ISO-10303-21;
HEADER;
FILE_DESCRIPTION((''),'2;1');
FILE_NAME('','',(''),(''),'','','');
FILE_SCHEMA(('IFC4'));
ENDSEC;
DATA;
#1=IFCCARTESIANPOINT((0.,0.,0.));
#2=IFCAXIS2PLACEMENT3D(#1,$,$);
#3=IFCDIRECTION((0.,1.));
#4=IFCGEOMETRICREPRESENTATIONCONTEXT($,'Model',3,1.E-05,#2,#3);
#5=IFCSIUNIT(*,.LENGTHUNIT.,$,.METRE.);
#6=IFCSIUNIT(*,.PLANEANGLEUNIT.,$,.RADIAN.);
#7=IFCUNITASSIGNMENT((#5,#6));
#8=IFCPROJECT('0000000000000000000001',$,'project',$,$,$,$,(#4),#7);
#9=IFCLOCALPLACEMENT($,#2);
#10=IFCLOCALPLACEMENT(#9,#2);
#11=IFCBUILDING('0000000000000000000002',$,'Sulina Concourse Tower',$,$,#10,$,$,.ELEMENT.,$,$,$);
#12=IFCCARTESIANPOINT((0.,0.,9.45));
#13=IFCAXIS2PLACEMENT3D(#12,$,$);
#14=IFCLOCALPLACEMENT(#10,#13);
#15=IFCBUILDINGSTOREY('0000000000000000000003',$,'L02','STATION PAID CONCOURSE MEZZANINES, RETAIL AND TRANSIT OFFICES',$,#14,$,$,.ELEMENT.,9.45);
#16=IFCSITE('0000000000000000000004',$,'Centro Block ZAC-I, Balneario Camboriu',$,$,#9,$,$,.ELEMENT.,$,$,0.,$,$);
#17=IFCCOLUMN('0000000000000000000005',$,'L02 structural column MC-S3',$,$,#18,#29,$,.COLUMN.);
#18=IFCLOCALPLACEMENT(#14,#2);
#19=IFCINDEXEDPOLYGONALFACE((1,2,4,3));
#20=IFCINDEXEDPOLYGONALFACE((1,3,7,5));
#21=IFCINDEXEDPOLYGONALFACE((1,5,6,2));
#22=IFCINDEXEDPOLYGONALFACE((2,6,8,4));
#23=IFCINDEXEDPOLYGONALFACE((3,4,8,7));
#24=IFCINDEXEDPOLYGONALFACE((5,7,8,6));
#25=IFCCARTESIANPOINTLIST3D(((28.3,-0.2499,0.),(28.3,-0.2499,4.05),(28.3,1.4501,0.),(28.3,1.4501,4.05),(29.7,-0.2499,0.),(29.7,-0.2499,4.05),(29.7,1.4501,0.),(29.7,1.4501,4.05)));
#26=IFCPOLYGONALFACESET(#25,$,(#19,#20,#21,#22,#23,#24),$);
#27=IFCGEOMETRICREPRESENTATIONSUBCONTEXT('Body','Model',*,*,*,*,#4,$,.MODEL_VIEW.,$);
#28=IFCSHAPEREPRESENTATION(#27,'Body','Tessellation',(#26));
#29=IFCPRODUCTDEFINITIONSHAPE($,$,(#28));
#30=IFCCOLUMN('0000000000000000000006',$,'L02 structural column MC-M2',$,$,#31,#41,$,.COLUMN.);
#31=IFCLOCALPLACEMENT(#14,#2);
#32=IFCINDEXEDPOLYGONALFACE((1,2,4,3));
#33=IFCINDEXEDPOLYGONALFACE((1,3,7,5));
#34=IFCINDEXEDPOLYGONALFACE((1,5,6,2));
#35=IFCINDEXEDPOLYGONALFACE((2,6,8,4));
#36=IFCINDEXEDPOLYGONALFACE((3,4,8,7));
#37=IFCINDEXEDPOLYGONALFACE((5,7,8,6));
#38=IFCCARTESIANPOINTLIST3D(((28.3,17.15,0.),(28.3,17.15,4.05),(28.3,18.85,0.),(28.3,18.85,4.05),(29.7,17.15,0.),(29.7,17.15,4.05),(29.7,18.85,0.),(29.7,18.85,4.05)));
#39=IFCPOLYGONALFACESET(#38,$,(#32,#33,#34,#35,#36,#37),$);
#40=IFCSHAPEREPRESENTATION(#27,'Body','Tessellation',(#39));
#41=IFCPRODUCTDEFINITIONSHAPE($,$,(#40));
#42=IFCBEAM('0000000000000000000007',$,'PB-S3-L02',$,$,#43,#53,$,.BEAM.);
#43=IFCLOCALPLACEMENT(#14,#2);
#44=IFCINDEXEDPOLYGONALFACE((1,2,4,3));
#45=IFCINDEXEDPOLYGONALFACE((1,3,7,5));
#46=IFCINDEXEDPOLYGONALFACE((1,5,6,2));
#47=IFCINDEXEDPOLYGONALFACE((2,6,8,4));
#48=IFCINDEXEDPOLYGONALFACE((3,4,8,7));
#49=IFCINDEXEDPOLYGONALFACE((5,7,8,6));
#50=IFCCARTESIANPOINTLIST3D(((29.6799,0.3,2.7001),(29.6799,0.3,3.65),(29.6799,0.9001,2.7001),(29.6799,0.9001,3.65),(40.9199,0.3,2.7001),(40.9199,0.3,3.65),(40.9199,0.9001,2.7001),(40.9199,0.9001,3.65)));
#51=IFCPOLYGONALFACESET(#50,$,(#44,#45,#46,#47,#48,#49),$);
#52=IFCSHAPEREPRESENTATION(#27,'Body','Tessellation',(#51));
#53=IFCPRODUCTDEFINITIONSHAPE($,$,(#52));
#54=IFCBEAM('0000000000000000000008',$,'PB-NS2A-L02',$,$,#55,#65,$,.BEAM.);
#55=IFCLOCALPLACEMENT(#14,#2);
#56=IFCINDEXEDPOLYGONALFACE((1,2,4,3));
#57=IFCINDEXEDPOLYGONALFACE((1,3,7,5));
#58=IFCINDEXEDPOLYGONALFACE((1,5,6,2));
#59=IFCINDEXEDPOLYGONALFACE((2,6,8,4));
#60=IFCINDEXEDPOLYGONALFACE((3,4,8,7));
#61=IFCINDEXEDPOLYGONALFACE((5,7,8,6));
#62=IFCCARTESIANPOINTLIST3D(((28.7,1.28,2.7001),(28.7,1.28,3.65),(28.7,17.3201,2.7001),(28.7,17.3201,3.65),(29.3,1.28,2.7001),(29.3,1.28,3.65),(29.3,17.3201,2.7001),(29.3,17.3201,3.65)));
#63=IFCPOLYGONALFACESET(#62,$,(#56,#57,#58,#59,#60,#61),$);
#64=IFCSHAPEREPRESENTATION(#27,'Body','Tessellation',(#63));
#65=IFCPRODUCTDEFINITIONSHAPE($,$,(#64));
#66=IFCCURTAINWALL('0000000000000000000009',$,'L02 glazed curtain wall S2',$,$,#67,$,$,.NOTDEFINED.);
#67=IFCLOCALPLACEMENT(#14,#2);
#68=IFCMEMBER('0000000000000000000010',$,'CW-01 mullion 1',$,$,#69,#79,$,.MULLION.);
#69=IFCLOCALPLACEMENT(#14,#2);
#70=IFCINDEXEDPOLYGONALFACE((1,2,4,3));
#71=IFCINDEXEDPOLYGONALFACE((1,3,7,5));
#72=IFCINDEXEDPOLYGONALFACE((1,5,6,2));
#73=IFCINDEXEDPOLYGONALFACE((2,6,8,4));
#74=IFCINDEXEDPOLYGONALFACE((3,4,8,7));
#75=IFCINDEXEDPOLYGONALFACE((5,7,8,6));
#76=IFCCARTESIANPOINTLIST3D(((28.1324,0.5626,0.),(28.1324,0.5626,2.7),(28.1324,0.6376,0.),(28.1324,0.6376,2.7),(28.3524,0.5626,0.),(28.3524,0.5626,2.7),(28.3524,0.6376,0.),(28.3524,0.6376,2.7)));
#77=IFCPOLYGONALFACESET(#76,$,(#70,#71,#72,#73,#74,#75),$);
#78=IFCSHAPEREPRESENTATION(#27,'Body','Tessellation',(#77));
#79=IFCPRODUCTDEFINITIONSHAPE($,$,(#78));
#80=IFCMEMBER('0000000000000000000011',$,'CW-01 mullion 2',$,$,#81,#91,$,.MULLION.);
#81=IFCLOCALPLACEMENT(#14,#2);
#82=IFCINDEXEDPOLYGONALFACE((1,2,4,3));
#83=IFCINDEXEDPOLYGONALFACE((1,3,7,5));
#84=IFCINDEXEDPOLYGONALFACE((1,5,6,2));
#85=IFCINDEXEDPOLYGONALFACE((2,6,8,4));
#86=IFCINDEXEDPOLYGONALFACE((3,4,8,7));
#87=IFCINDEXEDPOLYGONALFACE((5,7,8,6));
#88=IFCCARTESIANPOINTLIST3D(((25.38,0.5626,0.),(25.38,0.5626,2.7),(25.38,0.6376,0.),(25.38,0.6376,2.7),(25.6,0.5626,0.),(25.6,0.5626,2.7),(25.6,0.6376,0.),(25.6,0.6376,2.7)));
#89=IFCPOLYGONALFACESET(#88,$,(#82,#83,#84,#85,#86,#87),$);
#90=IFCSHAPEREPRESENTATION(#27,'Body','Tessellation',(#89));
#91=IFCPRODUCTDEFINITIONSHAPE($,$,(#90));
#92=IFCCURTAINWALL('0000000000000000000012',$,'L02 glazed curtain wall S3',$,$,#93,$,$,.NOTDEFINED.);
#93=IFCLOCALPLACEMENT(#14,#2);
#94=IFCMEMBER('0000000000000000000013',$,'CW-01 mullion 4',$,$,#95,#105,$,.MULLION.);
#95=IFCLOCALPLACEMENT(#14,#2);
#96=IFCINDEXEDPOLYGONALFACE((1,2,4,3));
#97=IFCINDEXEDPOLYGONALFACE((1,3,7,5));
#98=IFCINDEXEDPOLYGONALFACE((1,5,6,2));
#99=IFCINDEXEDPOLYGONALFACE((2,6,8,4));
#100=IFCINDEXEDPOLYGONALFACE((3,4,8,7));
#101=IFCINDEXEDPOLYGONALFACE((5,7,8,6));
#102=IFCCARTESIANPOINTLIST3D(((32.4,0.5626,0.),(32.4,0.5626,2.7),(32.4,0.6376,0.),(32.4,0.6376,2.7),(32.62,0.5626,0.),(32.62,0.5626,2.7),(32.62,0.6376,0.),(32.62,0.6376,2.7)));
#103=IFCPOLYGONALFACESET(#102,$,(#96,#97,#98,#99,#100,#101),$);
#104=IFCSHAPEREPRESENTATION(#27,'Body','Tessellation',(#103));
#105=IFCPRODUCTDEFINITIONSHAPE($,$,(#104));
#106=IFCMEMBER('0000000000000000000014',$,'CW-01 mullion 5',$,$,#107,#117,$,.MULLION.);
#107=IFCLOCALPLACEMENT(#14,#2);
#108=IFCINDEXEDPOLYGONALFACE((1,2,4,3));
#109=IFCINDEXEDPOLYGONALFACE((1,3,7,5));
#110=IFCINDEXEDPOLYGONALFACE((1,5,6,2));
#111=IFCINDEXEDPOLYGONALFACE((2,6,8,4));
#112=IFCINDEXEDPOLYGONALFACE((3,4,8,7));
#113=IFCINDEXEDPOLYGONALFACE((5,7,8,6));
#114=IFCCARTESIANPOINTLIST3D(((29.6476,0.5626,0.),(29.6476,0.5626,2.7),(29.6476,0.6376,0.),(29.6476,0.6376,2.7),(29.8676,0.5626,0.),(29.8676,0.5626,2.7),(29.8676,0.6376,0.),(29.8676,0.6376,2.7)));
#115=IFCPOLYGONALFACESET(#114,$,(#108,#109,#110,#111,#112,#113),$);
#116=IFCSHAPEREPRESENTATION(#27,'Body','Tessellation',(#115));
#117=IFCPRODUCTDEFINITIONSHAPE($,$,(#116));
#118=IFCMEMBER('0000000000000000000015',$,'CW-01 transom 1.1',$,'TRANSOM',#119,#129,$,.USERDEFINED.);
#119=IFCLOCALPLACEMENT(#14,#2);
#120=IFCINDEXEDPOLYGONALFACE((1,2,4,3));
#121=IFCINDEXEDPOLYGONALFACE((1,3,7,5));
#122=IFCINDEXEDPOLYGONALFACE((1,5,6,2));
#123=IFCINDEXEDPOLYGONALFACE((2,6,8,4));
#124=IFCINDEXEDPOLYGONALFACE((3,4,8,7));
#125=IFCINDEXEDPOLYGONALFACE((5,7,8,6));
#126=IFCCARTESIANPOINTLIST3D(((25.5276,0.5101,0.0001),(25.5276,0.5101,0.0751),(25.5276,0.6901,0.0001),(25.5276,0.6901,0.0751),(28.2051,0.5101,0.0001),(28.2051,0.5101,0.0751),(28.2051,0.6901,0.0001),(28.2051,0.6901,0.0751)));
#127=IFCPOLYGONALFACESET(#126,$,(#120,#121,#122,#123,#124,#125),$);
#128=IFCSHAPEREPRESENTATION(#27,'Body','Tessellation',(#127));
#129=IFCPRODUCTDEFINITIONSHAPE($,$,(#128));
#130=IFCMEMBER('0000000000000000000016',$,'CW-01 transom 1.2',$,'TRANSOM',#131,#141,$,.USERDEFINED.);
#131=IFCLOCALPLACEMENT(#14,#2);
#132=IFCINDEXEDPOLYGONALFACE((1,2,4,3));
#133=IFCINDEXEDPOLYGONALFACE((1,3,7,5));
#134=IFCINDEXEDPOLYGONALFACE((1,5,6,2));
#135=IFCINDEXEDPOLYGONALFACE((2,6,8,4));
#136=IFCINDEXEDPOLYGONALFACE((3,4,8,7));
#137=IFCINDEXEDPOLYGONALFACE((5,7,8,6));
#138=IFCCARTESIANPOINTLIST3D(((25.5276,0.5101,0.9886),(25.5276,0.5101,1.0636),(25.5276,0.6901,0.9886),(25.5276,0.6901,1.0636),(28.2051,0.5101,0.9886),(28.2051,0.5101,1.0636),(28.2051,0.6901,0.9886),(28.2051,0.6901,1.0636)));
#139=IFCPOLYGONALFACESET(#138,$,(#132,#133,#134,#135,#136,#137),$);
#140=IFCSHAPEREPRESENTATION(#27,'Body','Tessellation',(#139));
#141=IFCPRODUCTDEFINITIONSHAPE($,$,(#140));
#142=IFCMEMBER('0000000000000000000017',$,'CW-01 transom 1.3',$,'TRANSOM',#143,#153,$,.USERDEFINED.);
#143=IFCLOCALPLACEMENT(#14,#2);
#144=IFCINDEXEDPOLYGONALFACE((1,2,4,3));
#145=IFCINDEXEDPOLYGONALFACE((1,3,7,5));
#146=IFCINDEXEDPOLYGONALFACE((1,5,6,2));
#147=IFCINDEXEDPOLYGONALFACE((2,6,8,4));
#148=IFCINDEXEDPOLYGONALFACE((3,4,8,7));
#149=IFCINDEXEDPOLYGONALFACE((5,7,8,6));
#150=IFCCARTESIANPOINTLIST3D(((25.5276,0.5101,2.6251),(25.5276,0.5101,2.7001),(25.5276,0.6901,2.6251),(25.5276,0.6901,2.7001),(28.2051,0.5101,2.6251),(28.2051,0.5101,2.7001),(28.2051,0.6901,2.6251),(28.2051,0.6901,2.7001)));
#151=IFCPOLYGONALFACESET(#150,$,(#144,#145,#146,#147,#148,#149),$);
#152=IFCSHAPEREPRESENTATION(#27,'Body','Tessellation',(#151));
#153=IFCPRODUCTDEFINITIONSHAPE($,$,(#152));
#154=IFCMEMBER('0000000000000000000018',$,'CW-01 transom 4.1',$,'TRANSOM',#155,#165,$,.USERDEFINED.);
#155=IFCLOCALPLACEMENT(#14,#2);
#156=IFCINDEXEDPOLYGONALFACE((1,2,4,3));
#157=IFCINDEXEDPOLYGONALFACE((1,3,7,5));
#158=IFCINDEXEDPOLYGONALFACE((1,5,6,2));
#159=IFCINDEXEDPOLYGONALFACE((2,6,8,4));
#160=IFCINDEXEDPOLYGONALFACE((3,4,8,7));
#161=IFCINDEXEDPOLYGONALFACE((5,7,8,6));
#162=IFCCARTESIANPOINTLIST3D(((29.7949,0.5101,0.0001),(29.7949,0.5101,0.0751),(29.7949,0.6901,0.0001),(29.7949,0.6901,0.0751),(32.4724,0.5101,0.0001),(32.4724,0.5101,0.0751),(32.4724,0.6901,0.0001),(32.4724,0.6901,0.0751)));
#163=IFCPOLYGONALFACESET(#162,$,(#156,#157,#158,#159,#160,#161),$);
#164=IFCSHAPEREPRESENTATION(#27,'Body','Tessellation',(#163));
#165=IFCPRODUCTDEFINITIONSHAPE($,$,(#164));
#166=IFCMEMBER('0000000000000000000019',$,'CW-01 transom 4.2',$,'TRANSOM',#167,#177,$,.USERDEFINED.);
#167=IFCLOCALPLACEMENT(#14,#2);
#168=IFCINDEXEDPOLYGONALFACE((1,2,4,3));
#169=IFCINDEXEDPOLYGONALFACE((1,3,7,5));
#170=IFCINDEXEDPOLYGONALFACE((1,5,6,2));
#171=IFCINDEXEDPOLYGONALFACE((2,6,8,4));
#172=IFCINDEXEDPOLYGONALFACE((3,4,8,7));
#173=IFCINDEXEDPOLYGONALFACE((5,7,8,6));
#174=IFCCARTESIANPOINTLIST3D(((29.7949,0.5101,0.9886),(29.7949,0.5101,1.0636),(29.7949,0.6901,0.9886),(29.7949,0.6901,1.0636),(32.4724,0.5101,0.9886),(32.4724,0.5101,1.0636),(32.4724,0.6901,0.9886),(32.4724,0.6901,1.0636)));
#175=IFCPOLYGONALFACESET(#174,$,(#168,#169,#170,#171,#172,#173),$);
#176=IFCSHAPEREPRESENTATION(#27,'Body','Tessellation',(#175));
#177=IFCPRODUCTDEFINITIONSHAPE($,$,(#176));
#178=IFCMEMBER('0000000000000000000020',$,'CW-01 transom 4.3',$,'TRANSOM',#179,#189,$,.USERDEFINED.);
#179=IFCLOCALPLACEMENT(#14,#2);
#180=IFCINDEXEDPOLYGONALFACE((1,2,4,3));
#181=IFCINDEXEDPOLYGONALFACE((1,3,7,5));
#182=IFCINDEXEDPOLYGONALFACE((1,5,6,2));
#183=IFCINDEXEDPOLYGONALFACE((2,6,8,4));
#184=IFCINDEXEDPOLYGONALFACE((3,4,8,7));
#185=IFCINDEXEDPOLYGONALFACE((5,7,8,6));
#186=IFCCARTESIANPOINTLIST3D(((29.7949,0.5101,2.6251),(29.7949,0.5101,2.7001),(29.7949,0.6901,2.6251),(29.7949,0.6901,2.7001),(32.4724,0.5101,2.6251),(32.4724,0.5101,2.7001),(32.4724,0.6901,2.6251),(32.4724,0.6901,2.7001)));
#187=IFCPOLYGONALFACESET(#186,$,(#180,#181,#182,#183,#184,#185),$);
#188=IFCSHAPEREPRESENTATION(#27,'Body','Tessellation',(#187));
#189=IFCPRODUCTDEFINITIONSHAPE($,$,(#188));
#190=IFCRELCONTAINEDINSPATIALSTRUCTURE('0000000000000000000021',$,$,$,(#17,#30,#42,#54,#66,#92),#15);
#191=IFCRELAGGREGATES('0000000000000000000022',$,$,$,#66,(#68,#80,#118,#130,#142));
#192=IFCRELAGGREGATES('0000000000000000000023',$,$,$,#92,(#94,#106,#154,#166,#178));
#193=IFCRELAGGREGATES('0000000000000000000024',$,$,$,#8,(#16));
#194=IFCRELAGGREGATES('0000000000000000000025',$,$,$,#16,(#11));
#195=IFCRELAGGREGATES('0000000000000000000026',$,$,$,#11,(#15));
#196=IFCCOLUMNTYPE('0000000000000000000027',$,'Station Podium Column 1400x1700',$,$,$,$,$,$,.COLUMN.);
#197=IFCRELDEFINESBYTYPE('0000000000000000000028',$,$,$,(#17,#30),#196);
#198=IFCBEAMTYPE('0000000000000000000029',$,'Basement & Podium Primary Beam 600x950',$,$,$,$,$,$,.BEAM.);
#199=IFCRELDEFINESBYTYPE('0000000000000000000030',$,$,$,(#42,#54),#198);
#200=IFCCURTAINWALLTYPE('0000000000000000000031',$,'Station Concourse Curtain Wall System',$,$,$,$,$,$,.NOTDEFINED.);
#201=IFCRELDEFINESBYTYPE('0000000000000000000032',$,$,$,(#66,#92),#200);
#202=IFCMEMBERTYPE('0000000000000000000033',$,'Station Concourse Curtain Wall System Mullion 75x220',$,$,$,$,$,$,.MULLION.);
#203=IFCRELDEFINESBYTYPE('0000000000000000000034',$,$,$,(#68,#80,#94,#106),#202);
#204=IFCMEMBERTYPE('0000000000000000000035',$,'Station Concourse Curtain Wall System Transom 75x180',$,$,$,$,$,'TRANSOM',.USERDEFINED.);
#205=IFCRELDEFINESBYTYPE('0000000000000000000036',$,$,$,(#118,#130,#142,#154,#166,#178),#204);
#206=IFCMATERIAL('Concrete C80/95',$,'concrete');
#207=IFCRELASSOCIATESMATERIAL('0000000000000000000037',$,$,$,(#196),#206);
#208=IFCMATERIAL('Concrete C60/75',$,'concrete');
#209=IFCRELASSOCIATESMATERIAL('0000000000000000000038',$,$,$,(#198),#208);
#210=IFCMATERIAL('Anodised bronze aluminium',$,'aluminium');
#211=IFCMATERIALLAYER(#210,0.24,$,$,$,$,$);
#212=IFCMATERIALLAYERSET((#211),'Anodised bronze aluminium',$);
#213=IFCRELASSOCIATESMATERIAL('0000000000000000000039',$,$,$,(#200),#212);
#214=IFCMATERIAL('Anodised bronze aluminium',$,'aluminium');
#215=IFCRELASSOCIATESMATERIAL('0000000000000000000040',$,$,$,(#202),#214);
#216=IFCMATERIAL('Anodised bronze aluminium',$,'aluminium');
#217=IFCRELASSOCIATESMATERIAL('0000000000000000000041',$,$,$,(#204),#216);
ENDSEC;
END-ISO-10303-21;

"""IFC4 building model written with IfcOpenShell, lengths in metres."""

from ifc_helpers import new_model, si_unit, direction, frame, origin, origin_2d, place, context, subcontext, project, spatial, rectangle, extrude, material, layer, layer_set, material_profile, profile_set, type_object, element, aggregate, save


model = new_model("IFC4")

# Units and contexts
model_context = context("Model", 3, precision=1e-05, world=origin(), true_north=direction((0.0, 1.0)))
body_context = subcontext(model_context, "Body", "Model", "MODEL_VIEW")
ifc_project = project(units=[si_unit("LENGTHUNIT", "METRE"), si_unit("PLANEANGLEUNIT", "RADIAN")], contexts=[model_context])

# Site, building, storey
site_placement = place(None, origin())
site = spatial("IfcSite", under=ifc_project, at=site_placement, Name="Centro Block ZAC-I, Balneario Camboriu", CompositionType="ELEMENT", RefElevation=0.0)
building_placement = place(site_placement, origin())
building = spatial("IfcBuilding", under=site, at=building_placement, Name="Sulina Concourse Tower", CompositionType="ELEMENT")
storey_placement = place(building_placement, frame((0.0, 0.0, 9.45)))
storey = spatial("IfcBuildingStorey", under=building, at=storey_placement, Name="L02", Description="STATION PAID CONCOURSE MEZZANINES, RETAIL AND TRANSIT OFFICES", CompositionType="ELEMENT", Elevation=9.45)

# Columns
ifc_material_1 = material(Name="Concrete C80/95", Category="concrete")
ifc_material_profile_1 = material_profile(ifc_material_1, rectangle(XDim=1.3999, YDim=1.7, at=origin_2d()), Name="RC 1400x1700")
ifc_profile_set_1 = profile_set([ifc_material_profile_1], Name="Concrete C80/95")
column_type = type_object("IfcColumnType", Name="Station Podium Column 1400x1700", PredefinedType="COLUMN", material=ifc_profile_set_1)
for number, where, z_axis, x_axis, name in (
    (1, (29.0, 0.6001, 0.0), (0.0, 0.0, 1.0), (1.0, 0.0, 0.0), "L02 structural column MC-S3"),
    (2, (29.0, 18.0, 0.0), (0.0, 0.0, 1.0), (1.0, 0.0, 0.0), "L02 structural column MC-M2"),
):
    element("IfcColumn", number, at=place(storey_placement, frame(where, z_axis=z_axis, x_axis=x_axis)), inside=storey, type_object=column_type, Name=name, PredefinedType="COLUMN", context=body_context, shape_type="SweptSolid", body=[
        extrude(rectangle(XDim=1.3999, YDim=1.7, at=origin_2d()), origin(), (0.0, 0.0, 1.0), 4.05),
    ])

# Beams
ifc_material_2 = material(Name="Concrete C60/75", Category="concrete")
ifc_material_profile_2 = material_profile(ifc_material_2, rectangle(XDim=0.6001, YDim=0.95, at=origin_2d()), Name="RC 600x950")
ifc_profile_set_2 = profile_set([ifc_material_profile_2], Name="Concrete C60/75")
beam_type = type_object("IfcBeamType", Name="Basement & Podium Primary Beam 600x950", PredefinedType="BEAM", material=ifc_profile_set_2)
beam_1_placement = place(storey_placement, frame((29.6799, 0.6001, 3.175), z_axis=(1.0, 0.0, 0.0), x_axis=(0.0, 1.0, 0.0)))
element("IfcBeam", 3, at=beam_1_placement, inside=storey, type_object=beam_type, Name="PB-S3-L02", PredefinedType="BEAM", context=body_context, shape_type="SweptSolid", body=[
    extrude(rectangle(XDim=0.6001, YDim=0.95, at=origin_2d()), origin(), (0.0, 0.0, 1.0), 11.24),
])
beam_2_placement = place(storey_placement, frame((29.0, 1.28, 3.175), z_axis=(0.0, 1.0, 0.0), x_axis=(-1.0, 0.0, 0.0)))
element("IfcBeam", 4, at=beam_2_placement, inside=storey, type_object=beam_type, Name="PB-NS2A-L02", PredefinedType="BEAM", context=body_context, shape_type="SweptSolid", body=[
    extrude(rectangle(XDim=0.6001, YDim=0.95, at=origin_2d()), origin(), (0.0, 0.0, 1.0), 16.04),
])

# Curtain walls, members
ifc_material_3 = material(Name="Anodised bronze aluminium", Category="aluminium")
ifc_layer_1 = layer(ifc_material_3, 0.24)
ifc_layer_set_1 = layer_set([ifc_layer_1], Name="Anodised bronze aluminium")
curtain_wall_type = type_object("IfcCurtainWallType", Name="Station Concourse Curtain Wall System", PredefinedType="NOTDEFINED", material=ifc_layer_set_1)
curtain_wall_1_placement = place(storey_placement, origin())
curtain_wall_1 = element("IfcCurtainWall", 5, at=curtain_wall_1_placement, inside=storey, type_object=curtain_wall_type, Name="L02 glazed curtain wall S2", PredefinedType="NOTDEFINED")
ifc_material_4 = material(Name="Anodised bronze aluminium", Category="aluminium")
ifc_material_profile_3 = material_profile(ifc_material_4, rectangle(XDim=0.075, YDim=0.22, at=origin_2d()), Name="MUL 75x220")
ifc_profile_set_3 = profile_set([ifc_material_profile_3], Name="Anodised bronze aluminium")
member_type_1 = type_object("IfcMemberType", Name="Station Concourse Curtain Wall System Mullion 75x220", PredefinedType="MULLION", material=ifc_profile_set_3)
member_1_placement = place(storey_placement, frame((28.2424, 0.6001, 0.0), z_axis=(0.0, 0.0, 1.0), x_axis=(0.0, -1.0, 0.0)))
member_1 = element("IfcMember", 6, at=member_1_placement, type_object=member_type_1, Name="CW-01 mullion 1", PredefinedType="MULLION", context=body_context, shape_type="SweptSolid", body=[
    extrude(rectangle(XDim=0.075, YDim=0.22, at=origin_2d()), origin(), (0.0, 0.0, 1.0), 2.7),
])
member_2_placement = place(storey_placement, frame((25.49, 0.6001, 0.0), z_axis=(0.0, 0.0, 1.0), x_axis=(0.0, -1.0, 0.0)))
member_2 = element("IfcMember", 7, at=member_2_placement, type_object=member_type_1, Name="CW-01 mullion 2", PredefinedType="MULLION", context=body_context, shape_type="SweptSolid", body=[
    extrude(rectangle(XDim=0.075, YDim=0.22, at=origin_2d()), origin(), (0.0, 0.0, 1.0), 2.7),
])
curtain_wall_2_placement = place(storey_placement, origin())
curtain_wall_2 = element("IfcCurtainWall", 8, at=curtain_wall_2_placement, inside=storey, type_object=curtain_wall_type, Name="L02 glazed curtain wall S3", PredefinedType="NOTDEFINED")
member_3_placement = place(storey_placement, frame((32.51, 0.6001, 0.0), z_axis=(0.0, 0.0, 1.0), x_axis=(0.0, -1.0, 0.0)))
member_3 = element("IfcMember", 9, at=member_3_placement, type_object=member_type_1, Name="CW-01 mullion 4", PredefinedType="MULLION", context=body_context, shape_type="SweptSolid", body=[
    extrude(rectangle(XDim=0.075, YDim=0.22, at=origin_2d()), origin(), (0.0, 0.0, 1.0), 2.7),
])
member_4_placement = place(storey_placement, frame((29.7576, 0.6001, 0.0), z_axis=(0.0, 0.0, 1.0), x_axis=(0.0, -1.0, 0.0)))
member_4 = element("IfcMember", 10, at=member_4_placement, type_object=member_type_1, Name="CW-01 mullion 5", PredefinedType="MULLION", context=body_context, shape_type="SweptSolid", body=[
    extrude(rectangle(XDim=0.075, YDim=0.22, at=origin_2d()), origin(), (0.0, 0.0, 1.0), 2.7),
])

# Members
ifc_material_5 = material(Name="Anodised bronze aluminium", Category="aluminium")
ifc_material_profile_4 = material_profile(ifc_material_5, rectangle(XDim=0.1799, YDim=0.075, at=origin_2d()), Name="TRN 75x180")
ifc_profile_set_4 = profile_set([ifc_material_profile_4], Name="Anodised bronze aluminium")
member_type_2 = type_object("IfcMemberType", Name="Station Concourse Curtain Wall System Transom 75x180", ElementType="TRANSOM", PredefinedType="USERDEFINED", material=ifc_profile_set_4)
member_5_placement = place(storey_placement, frame((28.2051, 0.6001, 0.0376), z_axis=(-1.0, 0.0, 0.0), x_axis=(0.0, -1.0, 0.0)))
member_5 = element("IfcMember", 11, at=member_5_placement, type_object=member_type_2, Name="CW-01 transom 1.1", ObjectType="TRANSOM", PredefinedType="USERDEFINED", context=body_context, shape_type="SweptSolid", body=[
    extrude(rectangle(XDim=0.1799, YDim=0.075, at=origin_2d()), origin(), (0.0, 0.0, 1.0), 2.6775),
])
member_6_placement = place(storey_placement, frame((28.2051, 0.6001, 1.0261), z_axis=(-1.0, 0.0, 0.0), x_axis=(0.0, -1.0, 0.0)))
member_6 = element("IfcMember", 12, at=member_6_placement, type_object=member_type_2, Name="CW-01 transom 1.2", ObjectType="TRANSOM", PredefinedType="USERDEFINED", context=body_context, shape_type="SweptSolid", body=[
    extrude(rectangle(XDim=0.1799, YDim=0.075, at=origin_2d()), origin(), (0.0, 0.0, 1.0), 2.6775),
])
member_7_placement = place(storey_placement, frame((28.2051, 0.6001, 2.6626), z_axis=(-1.0, 0.0, 0.0), x_axis=(0.0, -1.0, 0.0)))
member_7 = element("IfcMember", 13, at=member_7_placement, type_object=member_type_2, Name="CW-01 transom 1.3", ObjectType="TRANSOM", PredefinedType="USERDEFINED", context=body_context, shape_type="SweptSolid", body=[
    extrude(rectangle(XDim=0.1799, YDim=0.075, at=origin_2d()), origin(), (0.0, 0.0, 1.0), 2.6775),
])
member_8_placement = place(storey_placement, frame((32.4724, 0.6001, 0.0376), z_axis=(-1.0, 0.0, 0.0), x_axis=(0.0, -1.0, 0.0)))
member_8 = element("IfcMember", 14, at=member_8_placement, type_object=member_type_2, Name="CW-01 transom 4.1", ObjectType="TRANSOM", PredefinedType="USERDEFINED", context=body_context, shape_type="SweptSolid", body=[
    extrude(rectangle(XDim=0.1799, YDim=0.075, at=origin_2d()), origin(), (0.0, 0.0, 1.0), 2.6775),
])
member_9_placement = place(storey_placement, frame((32.4724, 0.6001, 1.0261), z_axis=(-1.0, 0.0, 0.0), x_axis=(0.0, -1.0, 0.0)))
member_9 = element("IfcMember", 15, at=member_9_placement, type_object=member_type_2, Name="CW-01 transom 4.2", ObjectType="TRANSOM", PredefinedType="USERDEFINED", context=body_context, shape_type="SweptSolid", body=[
    extrude(rectangle(XDim=0.1799, YDim=0.075, at=origin_2d()), origin(), (0.0, 0.0, 1.0), 2.6775),
])
member_10_placement = place(storey_placement, frame((32.4724, 0.6001, 2.6626), z_axis=(-1.0, 0.0, 0.0), x_axis=(0.0, -1.0, 0.0)))
member_10 = element("IfcMember", 16, at=member_10_placement, type_object=member_type_2, Name="CW-01 transom 4.3", ObjectType="TRANSOM", PredefinedType="USERDEFINED", context=body_context, shape_type="SweptSolid", body=[
    extrude(rectangle(XDim=0.1799, YDim=0.075, at=origin_2d()), origin(), (0.0, 0.0, 1.0), 2.6775),
])

aggregate(curtain_wall_1, [member_1, member_2, member_5, member_6, member_7])
aggregate(curtain_wall_2, [member_3, member_4, member_8, member_9, member_10])

save(model, "model.ifc")
